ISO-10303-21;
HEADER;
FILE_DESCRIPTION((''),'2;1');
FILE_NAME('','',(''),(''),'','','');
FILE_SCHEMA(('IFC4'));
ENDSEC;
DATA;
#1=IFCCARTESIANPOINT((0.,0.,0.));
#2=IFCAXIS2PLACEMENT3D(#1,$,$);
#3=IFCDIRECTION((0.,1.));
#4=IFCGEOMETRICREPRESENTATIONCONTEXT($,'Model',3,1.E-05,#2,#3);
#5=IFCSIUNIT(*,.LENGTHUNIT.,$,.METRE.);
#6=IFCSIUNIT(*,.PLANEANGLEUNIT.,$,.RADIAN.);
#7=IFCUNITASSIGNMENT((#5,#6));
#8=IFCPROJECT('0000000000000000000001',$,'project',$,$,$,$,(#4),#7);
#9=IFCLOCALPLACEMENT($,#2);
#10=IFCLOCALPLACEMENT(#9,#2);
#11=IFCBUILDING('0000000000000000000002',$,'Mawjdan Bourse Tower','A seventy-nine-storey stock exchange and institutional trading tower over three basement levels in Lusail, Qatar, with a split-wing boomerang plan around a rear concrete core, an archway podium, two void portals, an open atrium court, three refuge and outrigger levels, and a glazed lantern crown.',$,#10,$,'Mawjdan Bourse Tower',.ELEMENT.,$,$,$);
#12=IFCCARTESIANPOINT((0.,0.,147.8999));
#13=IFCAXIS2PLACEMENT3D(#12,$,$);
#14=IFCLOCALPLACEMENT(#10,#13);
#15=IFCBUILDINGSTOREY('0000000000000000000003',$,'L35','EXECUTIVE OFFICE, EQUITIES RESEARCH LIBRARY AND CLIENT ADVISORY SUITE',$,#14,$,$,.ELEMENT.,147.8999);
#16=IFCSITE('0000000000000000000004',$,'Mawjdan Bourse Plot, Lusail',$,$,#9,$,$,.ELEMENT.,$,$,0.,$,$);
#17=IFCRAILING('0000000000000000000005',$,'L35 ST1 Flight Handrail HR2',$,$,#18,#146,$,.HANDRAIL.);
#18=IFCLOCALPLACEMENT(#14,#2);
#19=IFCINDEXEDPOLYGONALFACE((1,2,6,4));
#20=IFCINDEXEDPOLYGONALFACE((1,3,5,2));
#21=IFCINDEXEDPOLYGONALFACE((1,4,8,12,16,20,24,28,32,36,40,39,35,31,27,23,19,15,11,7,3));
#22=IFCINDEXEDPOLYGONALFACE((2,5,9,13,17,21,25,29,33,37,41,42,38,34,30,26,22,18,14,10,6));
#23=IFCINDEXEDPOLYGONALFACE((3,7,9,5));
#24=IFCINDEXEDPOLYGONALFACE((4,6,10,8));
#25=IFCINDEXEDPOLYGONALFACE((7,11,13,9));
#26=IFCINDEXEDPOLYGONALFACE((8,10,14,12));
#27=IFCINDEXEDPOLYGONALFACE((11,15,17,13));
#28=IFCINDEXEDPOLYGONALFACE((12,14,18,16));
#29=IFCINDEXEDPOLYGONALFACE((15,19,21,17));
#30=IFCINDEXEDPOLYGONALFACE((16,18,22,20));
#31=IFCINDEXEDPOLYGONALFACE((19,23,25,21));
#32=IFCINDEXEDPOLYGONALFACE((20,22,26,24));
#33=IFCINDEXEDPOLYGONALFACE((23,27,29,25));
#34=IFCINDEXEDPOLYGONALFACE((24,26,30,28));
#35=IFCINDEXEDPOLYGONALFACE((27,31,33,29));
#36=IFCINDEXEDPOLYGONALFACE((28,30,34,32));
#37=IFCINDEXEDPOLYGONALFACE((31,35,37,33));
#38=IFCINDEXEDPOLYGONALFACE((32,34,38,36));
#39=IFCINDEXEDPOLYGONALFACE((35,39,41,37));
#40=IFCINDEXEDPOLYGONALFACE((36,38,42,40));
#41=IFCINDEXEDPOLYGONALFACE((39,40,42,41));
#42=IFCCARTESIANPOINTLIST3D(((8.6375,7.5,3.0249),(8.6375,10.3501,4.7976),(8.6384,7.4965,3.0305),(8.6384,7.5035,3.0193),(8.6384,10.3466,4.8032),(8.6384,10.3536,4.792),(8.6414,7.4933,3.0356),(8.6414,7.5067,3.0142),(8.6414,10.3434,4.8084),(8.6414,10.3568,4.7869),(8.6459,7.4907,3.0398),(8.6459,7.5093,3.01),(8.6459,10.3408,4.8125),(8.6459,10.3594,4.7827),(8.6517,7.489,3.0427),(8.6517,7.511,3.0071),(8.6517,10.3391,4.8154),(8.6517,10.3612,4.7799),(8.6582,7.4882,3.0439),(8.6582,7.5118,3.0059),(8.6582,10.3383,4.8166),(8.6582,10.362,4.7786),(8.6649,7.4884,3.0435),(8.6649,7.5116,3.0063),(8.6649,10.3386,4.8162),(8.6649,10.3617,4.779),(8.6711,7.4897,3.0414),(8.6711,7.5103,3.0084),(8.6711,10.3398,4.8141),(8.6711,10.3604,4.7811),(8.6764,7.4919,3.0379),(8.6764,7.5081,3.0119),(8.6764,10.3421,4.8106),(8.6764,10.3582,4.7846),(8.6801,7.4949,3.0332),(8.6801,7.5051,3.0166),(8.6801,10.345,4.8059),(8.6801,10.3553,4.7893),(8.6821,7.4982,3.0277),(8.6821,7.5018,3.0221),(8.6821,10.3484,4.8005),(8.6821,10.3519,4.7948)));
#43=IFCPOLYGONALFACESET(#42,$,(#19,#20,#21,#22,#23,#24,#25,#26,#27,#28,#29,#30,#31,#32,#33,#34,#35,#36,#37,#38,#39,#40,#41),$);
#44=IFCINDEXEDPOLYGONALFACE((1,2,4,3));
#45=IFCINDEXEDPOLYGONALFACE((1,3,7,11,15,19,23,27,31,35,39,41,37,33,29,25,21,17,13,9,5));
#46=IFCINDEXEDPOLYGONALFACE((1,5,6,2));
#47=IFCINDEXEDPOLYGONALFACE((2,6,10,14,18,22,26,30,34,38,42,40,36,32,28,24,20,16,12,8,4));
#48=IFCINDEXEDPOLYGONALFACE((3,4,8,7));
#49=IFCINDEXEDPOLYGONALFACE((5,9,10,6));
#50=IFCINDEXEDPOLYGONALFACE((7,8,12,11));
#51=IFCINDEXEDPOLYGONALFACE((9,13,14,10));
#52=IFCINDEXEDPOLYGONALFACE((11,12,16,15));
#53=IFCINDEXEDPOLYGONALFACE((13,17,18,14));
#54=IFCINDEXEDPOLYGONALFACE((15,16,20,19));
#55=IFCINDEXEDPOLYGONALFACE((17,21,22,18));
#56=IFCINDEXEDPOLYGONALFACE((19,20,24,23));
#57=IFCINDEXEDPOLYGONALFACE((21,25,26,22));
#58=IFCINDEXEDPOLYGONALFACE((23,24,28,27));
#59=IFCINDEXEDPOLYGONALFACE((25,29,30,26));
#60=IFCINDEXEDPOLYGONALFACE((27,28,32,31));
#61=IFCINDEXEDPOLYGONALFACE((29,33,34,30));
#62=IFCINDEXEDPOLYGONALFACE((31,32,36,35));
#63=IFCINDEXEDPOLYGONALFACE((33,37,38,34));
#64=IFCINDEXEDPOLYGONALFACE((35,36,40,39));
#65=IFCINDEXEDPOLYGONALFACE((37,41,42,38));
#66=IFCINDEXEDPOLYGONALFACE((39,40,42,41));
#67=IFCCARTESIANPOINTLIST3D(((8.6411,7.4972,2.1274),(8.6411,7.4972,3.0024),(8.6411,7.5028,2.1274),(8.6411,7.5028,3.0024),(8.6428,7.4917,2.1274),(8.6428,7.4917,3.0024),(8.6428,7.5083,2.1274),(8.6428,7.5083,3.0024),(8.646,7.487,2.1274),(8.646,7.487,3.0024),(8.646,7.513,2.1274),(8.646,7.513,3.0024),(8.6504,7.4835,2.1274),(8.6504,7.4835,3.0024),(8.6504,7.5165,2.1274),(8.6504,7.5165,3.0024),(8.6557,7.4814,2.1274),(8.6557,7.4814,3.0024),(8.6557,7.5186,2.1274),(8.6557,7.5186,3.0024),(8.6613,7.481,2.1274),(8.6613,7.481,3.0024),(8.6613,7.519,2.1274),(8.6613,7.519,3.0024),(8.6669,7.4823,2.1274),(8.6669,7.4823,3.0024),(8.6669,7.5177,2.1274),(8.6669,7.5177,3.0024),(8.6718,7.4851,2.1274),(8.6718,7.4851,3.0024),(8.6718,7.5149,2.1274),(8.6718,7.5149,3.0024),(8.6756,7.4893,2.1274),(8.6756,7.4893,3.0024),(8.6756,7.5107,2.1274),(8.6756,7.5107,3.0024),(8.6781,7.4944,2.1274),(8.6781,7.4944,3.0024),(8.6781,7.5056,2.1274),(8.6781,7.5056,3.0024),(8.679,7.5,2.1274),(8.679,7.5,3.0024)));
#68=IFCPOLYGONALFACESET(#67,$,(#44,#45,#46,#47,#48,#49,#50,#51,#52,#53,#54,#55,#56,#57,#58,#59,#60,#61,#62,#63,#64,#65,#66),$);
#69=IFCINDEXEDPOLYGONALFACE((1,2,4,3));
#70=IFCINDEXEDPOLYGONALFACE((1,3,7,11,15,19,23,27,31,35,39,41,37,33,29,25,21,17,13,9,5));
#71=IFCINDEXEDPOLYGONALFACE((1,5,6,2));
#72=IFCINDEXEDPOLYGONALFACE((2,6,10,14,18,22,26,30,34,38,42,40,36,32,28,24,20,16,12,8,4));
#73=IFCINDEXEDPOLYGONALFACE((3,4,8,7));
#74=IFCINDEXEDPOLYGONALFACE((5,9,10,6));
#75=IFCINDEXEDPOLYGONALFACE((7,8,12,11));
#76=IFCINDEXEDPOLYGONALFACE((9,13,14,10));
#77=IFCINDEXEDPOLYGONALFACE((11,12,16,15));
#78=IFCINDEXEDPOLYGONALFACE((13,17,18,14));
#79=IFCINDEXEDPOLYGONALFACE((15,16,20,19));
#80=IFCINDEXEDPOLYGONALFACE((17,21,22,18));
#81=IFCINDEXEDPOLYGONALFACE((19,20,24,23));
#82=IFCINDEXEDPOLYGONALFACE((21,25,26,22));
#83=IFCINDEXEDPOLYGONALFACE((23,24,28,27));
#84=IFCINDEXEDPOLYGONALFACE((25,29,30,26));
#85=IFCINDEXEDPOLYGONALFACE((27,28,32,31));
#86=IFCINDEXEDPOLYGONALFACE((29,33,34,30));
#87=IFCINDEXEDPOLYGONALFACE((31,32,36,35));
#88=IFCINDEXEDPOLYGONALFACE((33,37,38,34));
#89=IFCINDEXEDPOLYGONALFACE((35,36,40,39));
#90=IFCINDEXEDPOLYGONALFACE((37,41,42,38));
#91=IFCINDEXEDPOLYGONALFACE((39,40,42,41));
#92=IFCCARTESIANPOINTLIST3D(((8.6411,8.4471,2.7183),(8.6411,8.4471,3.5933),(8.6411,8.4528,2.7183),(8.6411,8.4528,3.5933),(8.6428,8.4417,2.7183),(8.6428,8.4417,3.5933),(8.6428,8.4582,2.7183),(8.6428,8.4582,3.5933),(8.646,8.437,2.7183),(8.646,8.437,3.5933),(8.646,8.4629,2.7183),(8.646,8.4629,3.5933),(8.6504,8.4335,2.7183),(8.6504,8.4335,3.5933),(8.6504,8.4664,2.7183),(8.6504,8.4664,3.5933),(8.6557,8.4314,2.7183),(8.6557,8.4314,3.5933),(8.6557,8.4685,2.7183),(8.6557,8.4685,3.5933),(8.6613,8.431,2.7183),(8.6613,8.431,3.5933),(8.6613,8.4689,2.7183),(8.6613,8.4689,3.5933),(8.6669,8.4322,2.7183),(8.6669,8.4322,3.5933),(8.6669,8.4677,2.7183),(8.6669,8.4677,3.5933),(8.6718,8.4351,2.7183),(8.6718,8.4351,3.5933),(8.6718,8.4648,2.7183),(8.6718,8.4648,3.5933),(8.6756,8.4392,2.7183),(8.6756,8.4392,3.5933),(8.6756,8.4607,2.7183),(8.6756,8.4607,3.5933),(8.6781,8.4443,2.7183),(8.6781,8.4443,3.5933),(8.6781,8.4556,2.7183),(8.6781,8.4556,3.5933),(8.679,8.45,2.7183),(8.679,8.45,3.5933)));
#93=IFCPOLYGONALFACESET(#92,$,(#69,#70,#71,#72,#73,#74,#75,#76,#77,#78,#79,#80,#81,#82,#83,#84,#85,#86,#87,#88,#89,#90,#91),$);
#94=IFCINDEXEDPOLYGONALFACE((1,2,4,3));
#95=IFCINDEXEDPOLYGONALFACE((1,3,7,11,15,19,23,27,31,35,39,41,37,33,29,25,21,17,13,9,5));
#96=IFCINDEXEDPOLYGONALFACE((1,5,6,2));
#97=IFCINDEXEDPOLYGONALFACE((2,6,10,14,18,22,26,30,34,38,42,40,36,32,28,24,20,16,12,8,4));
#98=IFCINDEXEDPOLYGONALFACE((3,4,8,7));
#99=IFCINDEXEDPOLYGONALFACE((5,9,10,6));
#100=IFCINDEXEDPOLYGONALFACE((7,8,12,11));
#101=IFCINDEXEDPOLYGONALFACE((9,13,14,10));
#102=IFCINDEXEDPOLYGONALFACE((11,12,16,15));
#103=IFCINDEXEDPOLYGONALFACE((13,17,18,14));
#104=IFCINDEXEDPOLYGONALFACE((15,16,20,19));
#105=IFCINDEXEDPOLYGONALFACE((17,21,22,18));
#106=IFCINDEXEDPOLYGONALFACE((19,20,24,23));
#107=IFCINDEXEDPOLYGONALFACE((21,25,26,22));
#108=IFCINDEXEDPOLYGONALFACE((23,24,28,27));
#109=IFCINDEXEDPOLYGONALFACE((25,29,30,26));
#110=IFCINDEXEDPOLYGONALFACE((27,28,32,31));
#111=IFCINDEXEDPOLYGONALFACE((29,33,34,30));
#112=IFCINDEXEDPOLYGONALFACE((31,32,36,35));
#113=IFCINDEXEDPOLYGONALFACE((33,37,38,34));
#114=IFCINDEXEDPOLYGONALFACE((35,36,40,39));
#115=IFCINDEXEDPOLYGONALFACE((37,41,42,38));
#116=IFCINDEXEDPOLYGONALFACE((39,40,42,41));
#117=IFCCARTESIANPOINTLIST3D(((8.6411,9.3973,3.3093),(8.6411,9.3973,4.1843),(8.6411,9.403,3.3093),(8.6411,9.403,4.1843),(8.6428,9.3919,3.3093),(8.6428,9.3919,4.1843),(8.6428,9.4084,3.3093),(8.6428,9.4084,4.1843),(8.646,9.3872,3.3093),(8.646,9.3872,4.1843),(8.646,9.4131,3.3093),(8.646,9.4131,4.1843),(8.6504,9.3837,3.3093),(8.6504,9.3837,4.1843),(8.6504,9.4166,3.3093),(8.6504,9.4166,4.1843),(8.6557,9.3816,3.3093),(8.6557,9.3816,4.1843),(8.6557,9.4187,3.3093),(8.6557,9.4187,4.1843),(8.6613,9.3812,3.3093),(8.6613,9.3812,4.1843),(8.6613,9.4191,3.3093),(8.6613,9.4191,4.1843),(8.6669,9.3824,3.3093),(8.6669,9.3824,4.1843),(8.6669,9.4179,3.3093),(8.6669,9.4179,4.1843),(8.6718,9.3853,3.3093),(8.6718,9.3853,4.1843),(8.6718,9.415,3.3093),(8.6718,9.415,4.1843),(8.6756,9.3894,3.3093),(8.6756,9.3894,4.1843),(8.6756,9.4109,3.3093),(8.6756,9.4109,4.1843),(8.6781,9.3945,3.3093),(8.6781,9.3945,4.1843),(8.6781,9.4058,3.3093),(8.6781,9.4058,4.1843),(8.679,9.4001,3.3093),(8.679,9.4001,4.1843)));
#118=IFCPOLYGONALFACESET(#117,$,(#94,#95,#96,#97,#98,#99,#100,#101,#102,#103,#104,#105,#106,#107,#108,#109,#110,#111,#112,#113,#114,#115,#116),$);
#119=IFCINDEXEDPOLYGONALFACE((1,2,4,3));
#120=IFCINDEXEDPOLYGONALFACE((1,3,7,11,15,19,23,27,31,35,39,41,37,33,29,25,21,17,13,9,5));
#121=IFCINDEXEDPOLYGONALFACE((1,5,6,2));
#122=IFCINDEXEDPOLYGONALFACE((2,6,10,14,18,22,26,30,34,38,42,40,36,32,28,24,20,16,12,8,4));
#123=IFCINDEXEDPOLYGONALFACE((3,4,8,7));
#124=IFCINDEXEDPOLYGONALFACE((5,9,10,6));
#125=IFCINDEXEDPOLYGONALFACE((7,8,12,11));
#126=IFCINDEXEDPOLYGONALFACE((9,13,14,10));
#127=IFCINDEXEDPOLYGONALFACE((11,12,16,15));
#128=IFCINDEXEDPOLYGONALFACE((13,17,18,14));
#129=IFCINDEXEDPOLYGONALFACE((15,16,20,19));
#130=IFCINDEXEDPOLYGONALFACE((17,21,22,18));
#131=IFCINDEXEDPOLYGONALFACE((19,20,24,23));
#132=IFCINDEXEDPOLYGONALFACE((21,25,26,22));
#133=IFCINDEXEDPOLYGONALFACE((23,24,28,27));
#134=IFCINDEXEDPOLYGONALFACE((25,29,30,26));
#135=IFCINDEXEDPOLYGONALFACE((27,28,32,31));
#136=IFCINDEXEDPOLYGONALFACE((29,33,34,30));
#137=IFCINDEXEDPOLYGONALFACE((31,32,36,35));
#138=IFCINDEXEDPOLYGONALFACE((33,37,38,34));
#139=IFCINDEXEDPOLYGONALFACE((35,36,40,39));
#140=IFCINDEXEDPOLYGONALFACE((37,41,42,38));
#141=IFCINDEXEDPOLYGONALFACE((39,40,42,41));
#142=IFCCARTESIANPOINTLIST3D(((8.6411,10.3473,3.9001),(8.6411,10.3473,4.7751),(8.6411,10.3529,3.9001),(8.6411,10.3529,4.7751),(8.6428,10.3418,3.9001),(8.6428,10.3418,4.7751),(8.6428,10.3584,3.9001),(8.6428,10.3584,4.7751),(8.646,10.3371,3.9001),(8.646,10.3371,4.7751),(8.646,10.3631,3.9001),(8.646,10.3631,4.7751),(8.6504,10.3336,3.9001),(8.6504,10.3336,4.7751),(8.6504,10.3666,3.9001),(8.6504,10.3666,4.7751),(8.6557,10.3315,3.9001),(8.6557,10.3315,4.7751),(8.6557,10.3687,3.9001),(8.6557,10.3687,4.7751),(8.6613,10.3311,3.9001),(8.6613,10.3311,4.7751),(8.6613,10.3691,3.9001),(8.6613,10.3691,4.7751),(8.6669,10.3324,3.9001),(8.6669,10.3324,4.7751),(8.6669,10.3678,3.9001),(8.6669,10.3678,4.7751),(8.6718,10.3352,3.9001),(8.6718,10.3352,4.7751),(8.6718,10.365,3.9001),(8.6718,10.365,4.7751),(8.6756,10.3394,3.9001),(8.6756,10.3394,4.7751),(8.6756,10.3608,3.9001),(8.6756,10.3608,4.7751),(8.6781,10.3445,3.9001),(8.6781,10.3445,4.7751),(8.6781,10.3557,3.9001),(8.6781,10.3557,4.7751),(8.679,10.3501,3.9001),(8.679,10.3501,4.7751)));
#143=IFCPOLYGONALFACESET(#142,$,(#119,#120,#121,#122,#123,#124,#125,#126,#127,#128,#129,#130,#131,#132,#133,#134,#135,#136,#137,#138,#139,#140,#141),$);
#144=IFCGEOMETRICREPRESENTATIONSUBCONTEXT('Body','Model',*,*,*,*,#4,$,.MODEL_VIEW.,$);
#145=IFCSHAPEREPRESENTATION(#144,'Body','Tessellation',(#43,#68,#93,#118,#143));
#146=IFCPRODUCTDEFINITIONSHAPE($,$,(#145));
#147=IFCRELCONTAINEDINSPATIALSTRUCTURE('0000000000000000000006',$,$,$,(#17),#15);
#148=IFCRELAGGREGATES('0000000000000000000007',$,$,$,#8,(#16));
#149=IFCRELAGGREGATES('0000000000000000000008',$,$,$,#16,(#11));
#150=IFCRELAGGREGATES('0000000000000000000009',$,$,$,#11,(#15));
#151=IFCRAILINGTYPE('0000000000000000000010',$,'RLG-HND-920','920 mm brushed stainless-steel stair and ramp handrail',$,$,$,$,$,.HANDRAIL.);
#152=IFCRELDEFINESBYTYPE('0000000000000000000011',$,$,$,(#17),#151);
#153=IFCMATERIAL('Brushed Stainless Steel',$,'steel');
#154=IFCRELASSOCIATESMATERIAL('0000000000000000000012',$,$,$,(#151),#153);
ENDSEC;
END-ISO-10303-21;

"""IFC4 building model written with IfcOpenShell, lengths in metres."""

from ifc_helpers import new_model, si_unit, direction, frame, origin, origin_2d, place, context, subcontext, project, spatial, circle, extrude, material, type_object, element, save


model = new_model("IFC4")

# Units and contexts
model_context = context("Model", 3, precision=1e-05, world=origin(), true_north=direction((0.0, 1.0)))
body_context = subcontext(model_context, "Body", "Model", "MODEL_VIEW")
ifc_project = project(units=[si_unit("LENGTHUNIT", "METRE"), si_unit("PLANEANGLEUNIT", "RADIAN")], contexts=[model_context])

# Site, building, storey
site_placement = place(None, origin())
site = spatial("IfcSite", under=ifc_project, at=site_placement, Name="Mawjdan Bourse Plot, Lusail", CompositionType="ELEMENT", RefElevation=0.0)
building_placement = place(site_placement, origin())
building = spatial("IfcBuilding", under=site, at=building_placement, Name="Mawjdan Bourse Tower", Description="A seventy-nine-storey stock exchange and institutional trading tower over three basement levels in Lusail, Qatar, with a split-wing boomerang plan around a rear concrete core, an archway podium, two void portals, an open atrium court, three refuge and outrigger levels, and a glazed lantern crown.", LongName="Mawjdan Bourse Tower", CompositionType="ELEMENT")
storey_placement = place(building_placement, frame((0.0, 0.0, 147.8999)))
storey = spatial("IfcBuildingStorey", under=building, at=storey_placement, Name="L35", Description="EXECUTIVE OFFICE, EQUITIES RESEARCH LIBRARY AND CLIENT ADVISORY SUITE", CompositionType="ELEMENT", Elevation=147.8999)

# Shared definitions
ifc_material_1 = material(Name="Brushed Stainless Steel", Category="steel")

# Railing
railing_type_1 = type_object("IfcRailingType", Name="RLG-HND-920", Description="920 mm brushed stainless-steel stair and ramp handrail", PredefinedType="HANDRAIL", material=ifc_material_1)
railing_placement = place(storey_placement, frame((8.6599, 7.5, 2.1274)))
element("IfcRailing", 1, at=railing_placement, inside=storey, type_object=railing_type_1, Name="L35 ST1 Flight Handrail HR2", PredefinedType="HANDRAIL", context=body_context, shape_type="SweptSolid", body=[
    extrude(circle(Radius=0.0225, at=origin_2d()), frame((0.0, 0.0, 0.8975), z_axis=(0.0, 0.849149, 0.528154), x_axis=(-1.0, 0.0, 0.0)), (0.0, 0.0, 1.0), 3.3564),
    extrude(circle(Radius=0.019, at=origin_2d()), origin(), (0.0, 0.0, 1.0), 0.875),
    extrude(circle(Radius=0.019, at=origin_2d()), frame((0.0, 0.95, 0.5908)), (0.0, 0.0, 1.0), 0.875),
    extrude(circle(Radius=0.019, at=origin_2d()), frame((0.0, 1.9001, 1.1819)), (0.0, 0.0, 1.0), 0.875),
    extrude(circle(Radius=0.019, at=origin_2d()), frame((0.0, 2.8501, 1.7727)), (0.0, 0.0, 1.0), 0.875),
])

save(model, "model.ifc")
